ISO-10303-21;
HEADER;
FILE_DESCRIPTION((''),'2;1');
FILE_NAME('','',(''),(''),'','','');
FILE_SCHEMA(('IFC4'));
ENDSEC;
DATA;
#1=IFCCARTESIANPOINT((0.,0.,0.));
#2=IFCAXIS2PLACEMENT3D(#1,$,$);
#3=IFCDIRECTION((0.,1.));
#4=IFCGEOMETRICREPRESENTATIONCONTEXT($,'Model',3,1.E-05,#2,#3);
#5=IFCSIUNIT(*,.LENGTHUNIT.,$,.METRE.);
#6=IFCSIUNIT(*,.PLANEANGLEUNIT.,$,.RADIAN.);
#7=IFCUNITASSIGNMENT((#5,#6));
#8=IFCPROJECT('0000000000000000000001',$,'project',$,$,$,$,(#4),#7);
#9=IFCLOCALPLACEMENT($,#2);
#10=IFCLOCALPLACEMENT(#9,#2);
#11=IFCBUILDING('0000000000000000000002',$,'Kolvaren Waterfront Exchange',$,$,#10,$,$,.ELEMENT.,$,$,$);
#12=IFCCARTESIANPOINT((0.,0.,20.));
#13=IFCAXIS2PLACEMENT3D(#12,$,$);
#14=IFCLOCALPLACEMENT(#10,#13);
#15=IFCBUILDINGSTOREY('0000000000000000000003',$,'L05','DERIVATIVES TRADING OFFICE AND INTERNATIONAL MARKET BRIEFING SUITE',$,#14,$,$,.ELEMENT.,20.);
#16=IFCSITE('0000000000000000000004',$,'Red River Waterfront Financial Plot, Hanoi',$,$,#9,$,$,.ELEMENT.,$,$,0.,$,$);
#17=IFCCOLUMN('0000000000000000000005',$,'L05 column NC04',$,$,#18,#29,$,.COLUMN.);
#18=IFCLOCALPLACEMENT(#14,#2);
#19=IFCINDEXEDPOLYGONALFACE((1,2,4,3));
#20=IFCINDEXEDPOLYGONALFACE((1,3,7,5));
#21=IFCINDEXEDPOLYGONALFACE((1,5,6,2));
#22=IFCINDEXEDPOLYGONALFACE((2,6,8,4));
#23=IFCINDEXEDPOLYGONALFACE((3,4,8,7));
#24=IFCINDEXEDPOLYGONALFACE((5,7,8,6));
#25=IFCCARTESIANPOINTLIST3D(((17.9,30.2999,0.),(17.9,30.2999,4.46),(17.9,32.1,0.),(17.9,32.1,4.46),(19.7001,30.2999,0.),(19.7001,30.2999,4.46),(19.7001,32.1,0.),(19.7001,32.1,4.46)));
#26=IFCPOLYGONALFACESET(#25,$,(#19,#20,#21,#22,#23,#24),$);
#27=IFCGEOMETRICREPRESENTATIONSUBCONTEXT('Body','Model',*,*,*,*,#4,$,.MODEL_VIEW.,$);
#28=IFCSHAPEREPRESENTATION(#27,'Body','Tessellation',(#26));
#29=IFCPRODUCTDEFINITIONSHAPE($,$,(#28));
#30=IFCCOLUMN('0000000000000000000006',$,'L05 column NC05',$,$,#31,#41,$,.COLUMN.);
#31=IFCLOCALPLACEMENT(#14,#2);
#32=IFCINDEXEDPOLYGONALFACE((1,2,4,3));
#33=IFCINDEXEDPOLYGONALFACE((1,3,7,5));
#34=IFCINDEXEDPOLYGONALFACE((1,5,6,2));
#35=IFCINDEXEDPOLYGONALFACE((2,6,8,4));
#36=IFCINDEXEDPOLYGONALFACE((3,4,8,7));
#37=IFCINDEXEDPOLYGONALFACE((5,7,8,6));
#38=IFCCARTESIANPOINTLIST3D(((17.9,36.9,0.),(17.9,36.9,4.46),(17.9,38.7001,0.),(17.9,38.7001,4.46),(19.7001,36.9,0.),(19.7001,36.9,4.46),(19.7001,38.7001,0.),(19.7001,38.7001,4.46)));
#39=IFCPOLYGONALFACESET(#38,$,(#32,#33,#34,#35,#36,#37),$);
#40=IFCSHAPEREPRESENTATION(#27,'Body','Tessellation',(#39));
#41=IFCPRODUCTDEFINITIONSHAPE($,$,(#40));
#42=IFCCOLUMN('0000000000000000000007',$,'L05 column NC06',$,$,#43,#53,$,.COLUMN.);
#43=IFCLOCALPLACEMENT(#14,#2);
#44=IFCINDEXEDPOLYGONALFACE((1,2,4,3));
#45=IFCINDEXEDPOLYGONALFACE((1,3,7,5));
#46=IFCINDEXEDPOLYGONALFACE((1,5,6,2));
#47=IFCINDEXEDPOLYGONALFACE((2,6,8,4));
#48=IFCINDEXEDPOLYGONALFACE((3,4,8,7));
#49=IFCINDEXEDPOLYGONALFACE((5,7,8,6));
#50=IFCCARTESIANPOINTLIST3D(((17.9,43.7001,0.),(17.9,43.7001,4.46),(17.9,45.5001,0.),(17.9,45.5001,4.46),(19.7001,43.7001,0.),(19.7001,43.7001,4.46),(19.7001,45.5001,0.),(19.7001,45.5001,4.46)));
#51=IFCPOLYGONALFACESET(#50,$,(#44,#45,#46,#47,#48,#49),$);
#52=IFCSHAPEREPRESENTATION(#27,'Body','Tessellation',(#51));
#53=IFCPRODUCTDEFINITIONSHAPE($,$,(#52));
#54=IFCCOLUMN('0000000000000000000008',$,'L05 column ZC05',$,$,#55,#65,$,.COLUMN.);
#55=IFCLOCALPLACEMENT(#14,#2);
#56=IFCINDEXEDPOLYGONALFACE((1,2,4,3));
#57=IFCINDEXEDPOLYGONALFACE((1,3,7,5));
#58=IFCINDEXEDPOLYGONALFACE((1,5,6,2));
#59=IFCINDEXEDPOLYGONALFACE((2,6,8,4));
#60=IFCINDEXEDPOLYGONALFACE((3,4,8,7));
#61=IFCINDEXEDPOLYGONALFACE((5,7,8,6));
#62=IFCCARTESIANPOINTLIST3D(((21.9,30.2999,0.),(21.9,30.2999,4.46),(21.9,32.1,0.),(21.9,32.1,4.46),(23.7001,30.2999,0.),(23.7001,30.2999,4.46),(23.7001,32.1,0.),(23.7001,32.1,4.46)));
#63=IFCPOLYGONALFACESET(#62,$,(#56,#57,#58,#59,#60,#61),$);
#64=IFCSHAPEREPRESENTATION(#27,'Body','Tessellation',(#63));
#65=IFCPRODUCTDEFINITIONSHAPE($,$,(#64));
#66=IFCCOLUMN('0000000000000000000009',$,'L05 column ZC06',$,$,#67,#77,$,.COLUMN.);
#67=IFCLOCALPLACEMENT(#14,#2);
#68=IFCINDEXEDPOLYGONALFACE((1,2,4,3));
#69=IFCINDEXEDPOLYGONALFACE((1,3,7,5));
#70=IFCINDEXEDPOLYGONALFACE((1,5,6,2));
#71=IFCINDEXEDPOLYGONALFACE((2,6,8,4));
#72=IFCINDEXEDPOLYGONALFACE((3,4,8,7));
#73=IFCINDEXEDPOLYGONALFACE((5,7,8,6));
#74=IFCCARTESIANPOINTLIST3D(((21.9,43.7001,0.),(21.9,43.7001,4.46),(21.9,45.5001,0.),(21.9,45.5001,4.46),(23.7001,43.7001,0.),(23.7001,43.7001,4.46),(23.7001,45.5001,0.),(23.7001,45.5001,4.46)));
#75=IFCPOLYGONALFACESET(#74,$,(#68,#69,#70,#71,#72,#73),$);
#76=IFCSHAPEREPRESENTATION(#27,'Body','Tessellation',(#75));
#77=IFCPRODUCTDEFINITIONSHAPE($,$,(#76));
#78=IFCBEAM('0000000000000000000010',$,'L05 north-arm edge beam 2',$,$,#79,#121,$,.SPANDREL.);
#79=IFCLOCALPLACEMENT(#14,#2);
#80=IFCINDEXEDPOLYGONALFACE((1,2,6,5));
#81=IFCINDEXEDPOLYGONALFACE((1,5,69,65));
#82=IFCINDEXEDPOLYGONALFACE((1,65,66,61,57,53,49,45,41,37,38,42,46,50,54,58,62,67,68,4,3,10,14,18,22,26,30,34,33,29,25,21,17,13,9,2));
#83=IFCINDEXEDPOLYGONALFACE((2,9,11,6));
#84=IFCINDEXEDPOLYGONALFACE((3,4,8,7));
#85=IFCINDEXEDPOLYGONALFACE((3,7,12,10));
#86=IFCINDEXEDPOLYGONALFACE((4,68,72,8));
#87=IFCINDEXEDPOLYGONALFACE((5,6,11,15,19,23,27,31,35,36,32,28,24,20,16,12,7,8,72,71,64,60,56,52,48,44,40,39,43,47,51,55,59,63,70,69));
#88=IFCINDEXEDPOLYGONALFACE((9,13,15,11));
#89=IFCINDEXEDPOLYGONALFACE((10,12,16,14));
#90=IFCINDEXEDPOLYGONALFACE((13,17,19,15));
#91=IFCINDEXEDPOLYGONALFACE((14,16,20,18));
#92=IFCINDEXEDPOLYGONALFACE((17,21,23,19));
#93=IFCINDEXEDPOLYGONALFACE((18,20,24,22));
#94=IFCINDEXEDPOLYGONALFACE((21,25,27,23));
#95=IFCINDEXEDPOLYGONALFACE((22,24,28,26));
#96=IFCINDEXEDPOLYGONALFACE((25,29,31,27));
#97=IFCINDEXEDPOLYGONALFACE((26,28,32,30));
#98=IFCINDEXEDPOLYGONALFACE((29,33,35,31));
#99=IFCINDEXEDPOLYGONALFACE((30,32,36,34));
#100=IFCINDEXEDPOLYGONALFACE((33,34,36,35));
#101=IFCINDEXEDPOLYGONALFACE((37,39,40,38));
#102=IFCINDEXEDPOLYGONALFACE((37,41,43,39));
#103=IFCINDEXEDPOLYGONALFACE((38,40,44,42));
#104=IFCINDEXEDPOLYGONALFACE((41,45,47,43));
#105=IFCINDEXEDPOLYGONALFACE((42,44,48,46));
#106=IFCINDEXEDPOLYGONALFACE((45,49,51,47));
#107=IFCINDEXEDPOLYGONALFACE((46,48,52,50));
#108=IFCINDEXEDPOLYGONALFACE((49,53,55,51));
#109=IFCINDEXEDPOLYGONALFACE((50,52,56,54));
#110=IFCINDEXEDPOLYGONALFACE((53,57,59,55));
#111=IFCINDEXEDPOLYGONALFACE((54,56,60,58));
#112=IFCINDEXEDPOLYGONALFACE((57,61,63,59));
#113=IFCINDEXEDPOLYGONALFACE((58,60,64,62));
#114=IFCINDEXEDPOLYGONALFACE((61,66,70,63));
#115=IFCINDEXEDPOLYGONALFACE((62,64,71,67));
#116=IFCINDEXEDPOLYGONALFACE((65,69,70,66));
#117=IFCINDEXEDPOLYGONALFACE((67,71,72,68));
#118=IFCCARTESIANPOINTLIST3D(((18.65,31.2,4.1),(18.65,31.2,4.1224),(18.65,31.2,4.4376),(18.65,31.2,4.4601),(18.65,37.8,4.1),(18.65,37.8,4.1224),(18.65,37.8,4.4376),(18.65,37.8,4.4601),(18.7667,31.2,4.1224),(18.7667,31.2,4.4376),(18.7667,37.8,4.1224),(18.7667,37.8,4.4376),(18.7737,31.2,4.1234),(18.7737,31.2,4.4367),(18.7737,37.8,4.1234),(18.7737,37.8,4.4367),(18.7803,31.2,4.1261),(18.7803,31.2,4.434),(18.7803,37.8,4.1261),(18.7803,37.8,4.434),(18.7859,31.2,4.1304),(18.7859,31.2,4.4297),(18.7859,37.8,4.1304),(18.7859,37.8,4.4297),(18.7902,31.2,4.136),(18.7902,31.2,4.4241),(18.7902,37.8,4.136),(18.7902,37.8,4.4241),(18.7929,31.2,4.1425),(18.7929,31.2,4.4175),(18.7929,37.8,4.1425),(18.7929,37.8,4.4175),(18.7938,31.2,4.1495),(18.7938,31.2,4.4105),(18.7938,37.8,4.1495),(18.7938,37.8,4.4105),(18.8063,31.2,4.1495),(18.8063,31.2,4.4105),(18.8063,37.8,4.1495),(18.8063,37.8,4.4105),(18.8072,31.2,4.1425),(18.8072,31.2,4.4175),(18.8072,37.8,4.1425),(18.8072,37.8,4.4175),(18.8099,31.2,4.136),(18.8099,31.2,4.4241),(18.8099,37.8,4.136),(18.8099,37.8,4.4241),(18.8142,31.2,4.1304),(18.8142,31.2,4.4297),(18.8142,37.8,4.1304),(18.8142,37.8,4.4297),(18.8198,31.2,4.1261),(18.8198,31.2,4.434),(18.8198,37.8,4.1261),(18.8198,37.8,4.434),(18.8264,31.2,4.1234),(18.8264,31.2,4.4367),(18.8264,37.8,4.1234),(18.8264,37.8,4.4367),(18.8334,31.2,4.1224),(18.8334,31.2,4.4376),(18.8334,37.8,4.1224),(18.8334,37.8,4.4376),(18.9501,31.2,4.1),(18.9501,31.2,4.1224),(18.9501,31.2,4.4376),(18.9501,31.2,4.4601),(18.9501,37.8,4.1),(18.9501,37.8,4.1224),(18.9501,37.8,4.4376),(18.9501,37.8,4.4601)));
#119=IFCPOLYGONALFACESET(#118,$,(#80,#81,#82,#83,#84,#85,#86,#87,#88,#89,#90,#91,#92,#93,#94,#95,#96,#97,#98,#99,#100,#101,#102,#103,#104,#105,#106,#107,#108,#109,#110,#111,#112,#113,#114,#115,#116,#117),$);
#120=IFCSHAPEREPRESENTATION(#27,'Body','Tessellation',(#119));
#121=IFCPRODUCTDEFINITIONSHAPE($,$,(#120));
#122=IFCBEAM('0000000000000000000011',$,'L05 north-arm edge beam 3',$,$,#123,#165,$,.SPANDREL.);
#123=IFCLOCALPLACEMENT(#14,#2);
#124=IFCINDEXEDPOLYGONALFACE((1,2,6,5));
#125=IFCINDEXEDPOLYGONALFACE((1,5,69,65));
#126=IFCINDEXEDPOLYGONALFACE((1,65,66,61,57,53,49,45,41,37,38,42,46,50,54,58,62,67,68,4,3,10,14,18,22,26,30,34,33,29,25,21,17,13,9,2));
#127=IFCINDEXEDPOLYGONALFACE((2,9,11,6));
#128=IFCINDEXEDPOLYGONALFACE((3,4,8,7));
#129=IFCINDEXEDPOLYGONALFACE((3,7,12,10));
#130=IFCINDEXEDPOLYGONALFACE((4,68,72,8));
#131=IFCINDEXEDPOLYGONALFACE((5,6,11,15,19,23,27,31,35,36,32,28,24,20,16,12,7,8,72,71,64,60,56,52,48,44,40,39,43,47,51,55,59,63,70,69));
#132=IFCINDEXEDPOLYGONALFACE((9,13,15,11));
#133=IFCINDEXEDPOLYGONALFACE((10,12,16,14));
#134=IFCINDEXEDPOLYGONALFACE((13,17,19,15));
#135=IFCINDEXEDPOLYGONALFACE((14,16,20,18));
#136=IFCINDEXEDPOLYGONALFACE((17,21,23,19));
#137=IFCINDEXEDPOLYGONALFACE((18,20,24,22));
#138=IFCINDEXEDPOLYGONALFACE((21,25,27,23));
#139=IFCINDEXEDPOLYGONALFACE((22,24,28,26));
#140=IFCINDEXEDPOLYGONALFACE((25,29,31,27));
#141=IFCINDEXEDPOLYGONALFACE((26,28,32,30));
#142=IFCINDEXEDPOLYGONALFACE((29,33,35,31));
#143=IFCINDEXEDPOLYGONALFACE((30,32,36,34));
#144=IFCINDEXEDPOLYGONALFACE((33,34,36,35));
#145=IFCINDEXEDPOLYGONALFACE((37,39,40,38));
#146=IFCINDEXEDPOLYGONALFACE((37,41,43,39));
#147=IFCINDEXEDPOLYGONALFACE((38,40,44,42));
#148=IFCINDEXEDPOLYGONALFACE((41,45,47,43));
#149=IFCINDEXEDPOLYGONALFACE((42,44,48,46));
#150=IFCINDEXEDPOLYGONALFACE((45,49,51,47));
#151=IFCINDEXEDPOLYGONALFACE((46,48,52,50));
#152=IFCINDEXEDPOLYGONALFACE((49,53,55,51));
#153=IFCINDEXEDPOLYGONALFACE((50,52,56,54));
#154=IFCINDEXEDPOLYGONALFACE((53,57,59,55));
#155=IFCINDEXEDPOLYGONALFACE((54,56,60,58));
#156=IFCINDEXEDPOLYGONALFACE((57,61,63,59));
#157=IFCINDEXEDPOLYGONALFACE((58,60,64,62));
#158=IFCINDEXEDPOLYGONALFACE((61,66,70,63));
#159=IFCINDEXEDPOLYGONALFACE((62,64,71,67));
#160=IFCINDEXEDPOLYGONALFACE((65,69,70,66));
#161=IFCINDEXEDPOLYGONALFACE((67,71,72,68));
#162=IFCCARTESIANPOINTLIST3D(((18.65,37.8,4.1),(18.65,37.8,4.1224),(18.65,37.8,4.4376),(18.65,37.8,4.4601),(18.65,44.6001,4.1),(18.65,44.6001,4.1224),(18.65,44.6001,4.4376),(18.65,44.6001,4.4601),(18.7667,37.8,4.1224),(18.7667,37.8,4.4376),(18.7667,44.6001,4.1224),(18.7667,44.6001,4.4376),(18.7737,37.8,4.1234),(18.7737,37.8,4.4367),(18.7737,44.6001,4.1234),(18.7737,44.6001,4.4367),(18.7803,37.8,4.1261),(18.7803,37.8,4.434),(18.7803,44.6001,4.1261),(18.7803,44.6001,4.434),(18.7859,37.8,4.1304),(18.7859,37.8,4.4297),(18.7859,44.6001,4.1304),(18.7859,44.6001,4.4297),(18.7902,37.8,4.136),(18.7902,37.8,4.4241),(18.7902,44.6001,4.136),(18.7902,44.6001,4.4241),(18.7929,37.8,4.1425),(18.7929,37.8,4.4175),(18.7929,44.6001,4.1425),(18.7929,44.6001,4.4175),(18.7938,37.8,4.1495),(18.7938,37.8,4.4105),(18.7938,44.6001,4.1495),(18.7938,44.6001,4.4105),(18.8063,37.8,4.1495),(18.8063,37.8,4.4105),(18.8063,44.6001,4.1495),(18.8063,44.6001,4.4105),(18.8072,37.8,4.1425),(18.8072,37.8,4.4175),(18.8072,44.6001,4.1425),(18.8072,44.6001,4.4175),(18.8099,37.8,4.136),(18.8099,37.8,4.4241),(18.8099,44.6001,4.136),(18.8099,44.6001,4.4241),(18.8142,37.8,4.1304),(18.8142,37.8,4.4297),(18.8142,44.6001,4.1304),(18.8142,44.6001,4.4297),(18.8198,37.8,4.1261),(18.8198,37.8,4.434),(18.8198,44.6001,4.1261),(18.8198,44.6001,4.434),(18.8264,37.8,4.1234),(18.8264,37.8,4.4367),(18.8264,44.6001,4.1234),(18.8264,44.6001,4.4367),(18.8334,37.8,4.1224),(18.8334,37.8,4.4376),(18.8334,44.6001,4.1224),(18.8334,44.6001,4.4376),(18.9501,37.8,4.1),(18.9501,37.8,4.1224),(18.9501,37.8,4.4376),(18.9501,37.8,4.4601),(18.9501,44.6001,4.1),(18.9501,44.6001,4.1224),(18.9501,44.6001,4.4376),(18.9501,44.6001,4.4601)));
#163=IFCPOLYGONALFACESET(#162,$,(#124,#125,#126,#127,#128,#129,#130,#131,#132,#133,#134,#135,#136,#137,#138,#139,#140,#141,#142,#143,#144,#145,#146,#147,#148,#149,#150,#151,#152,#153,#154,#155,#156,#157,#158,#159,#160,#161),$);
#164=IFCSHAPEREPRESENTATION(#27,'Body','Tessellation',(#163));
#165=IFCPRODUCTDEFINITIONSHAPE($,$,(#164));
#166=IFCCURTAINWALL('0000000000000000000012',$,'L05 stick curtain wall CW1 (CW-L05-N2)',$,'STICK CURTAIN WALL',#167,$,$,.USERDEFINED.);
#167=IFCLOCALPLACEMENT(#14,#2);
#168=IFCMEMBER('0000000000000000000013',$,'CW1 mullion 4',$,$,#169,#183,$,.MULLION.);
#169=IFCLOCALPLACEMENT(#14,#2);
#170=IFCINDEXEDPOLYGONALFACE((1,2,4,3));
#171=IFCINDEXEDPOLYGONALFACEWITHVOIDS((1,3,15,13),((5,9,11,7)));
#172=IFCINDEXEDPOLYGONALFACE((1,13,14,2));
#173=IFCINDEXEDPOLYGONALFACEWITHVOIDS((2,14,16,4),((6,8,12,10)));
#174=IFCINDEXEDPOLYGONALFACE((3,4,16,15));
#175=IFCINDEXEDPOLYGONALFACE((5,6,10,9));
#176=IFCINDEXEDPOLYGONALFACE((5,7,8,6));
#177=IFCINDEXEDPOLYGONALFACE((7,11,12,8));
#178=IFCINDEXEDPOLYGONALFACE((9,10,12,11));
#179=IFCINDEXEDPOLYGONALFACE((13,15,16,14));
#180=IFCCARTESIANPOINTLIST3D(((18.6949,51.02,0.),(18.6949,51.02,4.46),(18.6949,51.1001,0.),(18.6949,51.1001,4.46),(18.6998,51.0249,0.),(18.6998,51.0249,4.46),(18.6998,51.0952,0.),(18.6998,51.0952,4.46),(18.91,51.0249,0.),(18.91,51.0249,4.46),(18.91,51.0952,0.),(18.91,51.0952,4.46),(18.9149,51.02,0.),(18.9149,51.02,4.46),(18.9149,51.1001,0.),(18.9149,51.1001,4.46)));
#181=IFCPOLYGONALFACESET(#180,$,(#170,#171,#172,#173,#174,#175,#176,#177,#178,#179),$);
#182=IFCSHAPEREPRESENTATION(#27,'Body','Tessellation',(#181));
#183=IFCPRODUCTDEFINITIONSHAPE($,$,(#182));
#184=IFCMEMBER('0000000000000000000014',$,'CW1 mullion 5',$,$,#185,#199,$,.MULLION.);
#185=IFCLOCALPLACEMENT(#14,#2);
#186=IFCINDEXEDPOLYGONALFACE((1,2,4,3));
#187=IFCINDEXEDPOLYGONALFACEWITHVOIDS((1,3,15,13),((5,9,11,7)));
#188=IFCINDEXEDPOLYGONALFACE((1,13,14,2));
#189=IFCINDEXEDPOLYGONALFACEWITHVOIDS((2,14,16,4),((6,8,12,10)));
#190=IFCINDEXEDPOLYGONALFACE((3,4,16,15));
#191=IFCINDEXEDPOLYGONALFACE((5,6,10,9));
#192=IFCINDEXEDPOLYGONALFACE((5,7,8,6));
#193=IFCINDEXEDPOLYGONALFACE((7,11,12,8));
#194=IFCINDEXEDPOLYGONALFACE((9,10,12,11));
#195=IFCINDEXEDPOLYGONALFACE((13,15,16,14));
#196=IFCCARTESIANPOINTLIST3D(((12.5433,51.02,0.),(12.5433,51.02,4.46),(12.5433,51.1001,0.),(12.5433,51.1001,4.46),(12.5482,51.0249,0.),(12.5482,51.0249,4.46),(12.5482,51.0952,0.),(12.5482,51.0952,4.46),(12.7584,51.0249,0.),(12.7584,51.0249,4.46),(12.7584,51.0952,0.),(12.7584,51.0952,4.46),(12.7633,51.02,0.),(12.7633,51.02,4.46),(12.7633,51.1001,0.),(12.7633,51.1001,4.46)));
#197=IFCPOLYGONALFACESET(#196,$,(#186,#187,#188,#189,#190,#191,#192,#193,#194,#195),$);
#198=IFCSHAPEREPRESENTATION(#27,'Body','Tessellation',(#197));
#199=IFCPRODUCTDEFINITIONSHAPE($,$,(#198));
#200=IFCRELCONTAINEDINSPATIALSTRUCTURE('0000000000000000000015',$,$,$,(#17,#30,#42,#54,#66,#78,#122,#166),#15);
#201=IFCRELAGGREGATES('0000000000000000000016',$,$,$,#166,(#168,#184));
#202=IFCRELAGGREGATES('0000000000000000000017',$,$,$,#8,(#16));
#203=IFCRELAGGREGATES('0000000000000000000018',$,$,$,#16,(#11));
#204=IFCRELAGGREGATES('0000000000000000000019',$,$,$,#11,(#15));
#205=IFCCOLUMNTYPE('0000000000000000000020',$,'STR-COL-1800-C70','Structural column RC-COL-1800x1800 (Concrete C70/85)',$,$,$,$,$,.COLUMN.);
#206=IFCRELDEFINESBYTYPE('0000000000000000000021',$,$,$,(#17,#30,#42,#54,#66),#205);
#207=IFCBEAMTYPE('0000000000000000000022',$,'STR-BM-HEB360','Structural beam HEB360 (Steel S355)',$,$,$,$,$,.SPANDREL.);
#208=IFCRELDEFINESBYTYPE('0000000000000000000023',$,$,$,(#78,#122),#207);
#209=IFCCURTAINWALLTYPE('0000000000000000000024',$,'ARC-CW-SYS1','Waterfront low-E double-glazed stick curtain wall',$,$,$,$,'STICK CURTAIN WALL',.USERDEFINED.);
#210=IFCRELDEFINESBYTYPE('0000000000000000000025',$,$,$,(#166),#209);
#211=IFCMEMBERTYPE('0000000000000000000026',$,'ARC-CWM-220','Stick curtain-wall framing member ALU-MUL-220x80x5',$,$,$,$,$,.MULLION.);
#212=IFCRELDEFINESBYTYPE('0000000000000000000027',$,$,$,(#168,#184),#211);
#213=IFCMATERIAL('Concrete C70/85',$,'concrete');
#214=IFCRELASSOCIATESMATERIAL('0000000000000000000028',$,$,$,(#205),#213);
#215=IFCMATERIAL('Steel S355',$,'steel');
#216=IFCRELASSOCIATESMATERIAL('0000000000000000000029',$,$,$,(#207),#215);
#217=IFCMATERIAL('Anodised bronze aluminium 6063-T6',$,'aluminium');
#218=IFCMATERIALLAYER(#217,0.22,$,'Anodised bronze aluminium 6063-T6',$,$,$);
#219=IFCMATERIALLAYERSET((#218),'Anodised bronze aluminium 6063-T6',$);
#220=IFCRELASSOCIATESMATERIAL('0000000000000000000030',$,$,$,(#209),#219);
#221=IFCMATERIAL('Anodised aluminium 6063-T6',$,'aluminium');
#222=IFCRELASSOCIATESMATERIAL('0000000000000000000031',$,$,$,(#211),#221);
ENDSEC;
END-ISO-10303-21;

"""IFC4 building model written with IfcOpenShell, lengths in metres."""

from ifc_helpers import new_model, si_unit, direction, frame, origin, origin_with_axes, origin_2d, place, context, subcontext, project, spatial, rectangle, hollow_rectangle, i_section, extrude, source, transform, mapped, material, layer, layer_set, material_profile, profile_set, type_object, element, aggregate, save


model = new_model("IFC4")

# Units and contexts
model_context = context("Model", 3, precision=1e-05, world=origin(), true_north=direction((0.0, 1.0)))
body_context = subcontext(model_context, "Body", "Model", "MODEL_VIEW")
ifc_project = project(units=[si_unit("LENGTHUNIT", "METRE"), si_unit("PLANEANGLEUNIT", "RADIAN")], contexts=[model_context])

# Site, building, storey
site_placement = place(None, origin())
site = spatial("IfcSite", under=ifc_project, at=site_placement, Name="Red River Waterfront Financial Plot, Hanoi", CompositionType="ELEMENT", RefElevation=0.0)
building_placement = place(site_placement, origin())
building = spatial("IfcBuilding", under=site, at=building_placement, Name="Kolvaren Waterfront Exchange", CompositionType="ELEMENT")
storey_placement = place(building_placement, frame((0.0, 0.0, 20.0)))
storey = spatial("IfcBuildingStorey", under=building, at=storey_placement, Name="L05", Description="DERIVATIVES TRADING OFFICE AND INTERNATIONAL MARKET BRIEFING SUITE", CompositionType="ELEMENT", Elevation=20.0)

# Columns
ifc_material_1 = material(Name="Concrete C70/85", Category="concrete")
ifc_material_profile_1 = material_profile(ifc_material_1, rectangle(XDim=1.8, YDim=1.8, at=origin_2d()), Name="RC-COL-1800x1800")
ifc_profile_set_1 = profile_set([ifc_material_profile_1], Name="Concrete C70/85")
column_type = type_object("IfcColumnType", Name="STR-COL-1800-C70", Description="Structural column RC-COL-1800x1800 (Concrete C70/85)", PredefinedType="COLUMN", material=ifc_profile_set_1)
for number, where, z_axis, x_axis, name in (
    (1, (18.8, 31.2, 0.0), (0.0, 0.0, 1.0), (1.0, 0.0, 0.0), "L05 column NC04"),
    (2, (18.8, 37.8, 0.0), (0.0, 0.0, 1.0), (1.0, 0.0, 0.0), "L05 column NC05"),
    (3, (18.8, 44.6001, 0.0), (0.0, 0.0, 1.0), (1.0, 0.0, 0.0), "L05 column NC06"),
    (4, (22.8, 31.2, 0.0), (0.0, 0.0, 1.0), (1.0, 0.0, 0.0), "L05 column ZC05"),
    (5, (22.8, 44.6001, 0.0), (0.0, 0.0, 1.0), (1.0, 0.0, 0.0), "L05 column ZC06"),
):
    element("IfcColumn", number, at=place(storey_placement, frame(where, z_axis=z_axis, x_axis=x_axis)), inside=storey, type_object=column_type, Name=name, PredefinedType="COLUMN", context=body_context, shape_type="SweptSolid", body=[
        extrude(rectangle(XDim=1.8, YDim=1.8, at=origin_2d()), origin(), (0.0, 0.0, 1.0), 4.46),
    ])

# Beams
ifc_material_2 = material(Name="Steel S355", Category="steel")
ifc_material_profile_2 = material_profile(ifc_material_2, i_section(OverallWidth=0.3, OverallDepth=0.3601, WebThickness=0.0125, FlangeThickness=0.0225, FilletRadius=0.0271, at=origin_2d()), Name="HEB360")
ifc_profile_set_2 = profile_set([ifc_material_profile_2], Name="Steel S355")
beam_type = type_object("IfcBeamType", Name="STR-BM-HEB360", Description="Structural beam HEB360 (Steel S355)", PredefinedType="SPANDREL", material=ifc_profile_set_2)
beam_1_placement = place(storey_placement, frame((18.8, 31.2, 4.28), z_axis=(0.0, 1.0, 0.0), x_axis=(-1.0, 0.0, 0.0)))
element("IfcBeam", 6, at=beam_1_placement, inside=storey, type_object=beam_type, Name="L05 north-arm edge beam 2", PredefinedType="SPANDREL", context=body_context, shape_type="SweptSolid", body=[
    extrude(i_section(OverallWidth=0.3, OverallDepth=0.3601, WebThickness=0.0125, FlangeThickness=0.0225, FilletRadius=0.0271, at=origin_2d()), origin(), (0.0, 0.0, 1.0), 6.6001),
])
beam_2_placement = place(storey_placement, frame((18.8, 37.8, 4.28), z_axis=(0.0, 1.0, 0.0), x_axis=(-1.0, 0.0, 0.0)))
element("IfcBeam", 7, at=beam_2_placement, inside=storey, type_object=beam_type, Name="L05 north-arm edge beam 3", PredefinedType="SPANDREL", context=body_context, shape_type="SweptSolid", body=[
    extrude(i_section(OverallWidth=0.3, OverallDepth=0.3601, WebThickness=0.0125, FlangeThickness=0.0225, FilletRadius=0.0271, at=origin_2d()), origin(), (0.0, 0.0, 1.0), 6.8),
])

# Curtain wall, members
ifc_material_3 = material(Name="Anodised bronze aluminium 6063-T6", Category="aluminium")
ifc_layer_1 = layer(ifc_material_3, 0.22, Name="Anodised bronze aluminium 6063-T6")
ifc_layer_set_1 = layer_set([ifc_layer_1], Name="Anodised bronze aluminium 6063-T6")
curtain_wall_type = type_object("IfcCurtainWallType", Name="ARC-CW-SYS1", Description="Waterfront low-E double-glazed stick curtain wall", ElementType="STICK CURTAIN WALL", PredefinedType="USERDEFINED", material=ifc_layer_set_1)
curtain_wall_placement = place(storey_placement, origin())
curtain_wall = element("IfcCurtainWall", 8, at=curtain_wall_placement, inside=storey, type_object=curtain_wall_type, Name="L05 stick curtain wall CW1 (CW-L05-N2)", ObjectType="STICK CURTAIN WALL", PredefinedType="USERDEFINED")
ifc_material_4 = material(Name="Anodised aluminium 6063-T6", Category="aluminium")
ifc_material_profile_3 = material_profile(ifc_material_4, hollow_rectangle(XDim=0.0801, YDim=0.22, WallThickness=0.0049, at=origin_2d()), Name="ALU-MUL-220x80x5")
ifc_profile_set_3 = profile_set([ifc_material_profile_3], Name="Anodised aluminium 6063-T6")
member_type_1 = type_object("IfcMemberType", Name="ARC-CWM-220", Description="Stick curtain-wall framing member ALU-MUL-220x80x5", PredefinedType="MULLION", material=ifc_profile_set_3)
shared_shape_1 = source(origin_with_axes(), body_context, "Body", "SweptSolid", [
    extrude(hollow_rectangle(XDim=0.0801, YDim=0.22, WallThickness=0.0049, at=origin_2d()), origin(), (0.0, 0.0, 1.0), 4.46),
])
member_1_placement = place(storey_placement, frame((18.8049, 51.0601, 0.0), z_axis=(0.0, 0.0, 1.0), x_axis=(0.0, -1.0, 0.0)))
member_1 = element("IfcMember", 9, at=member_1_placement, type_object=member_type_1, Name="CW1 mullion 4", PredefinedType="MULLION", context=body_context, shape_type="MappedRepresentation", body=[
    mapped(shared_shape_1, transform((0.0, 0.0, 0.0), x_axis=(1.0, 0.0, 0.0), y_axis=(0.0, 1.0, 0.0), z_axis=(0.0, 0.0, 1.0), scale=1.0)),
])
member_2_placement = place(storey_placement, frame((12.6533, 51.0601, 0.0), z_axis=(0.0, 0.0, 1.0), x_axis=(0.0, -1.0, 0.0)))
member_2 = element("IfcMember", 10, at=member_2_placement, type_object=member_type_1, Name="CW1 mullion 5", PredefinedType="MULLION", context=body_context, shape_type="MappedRepresentation", body=[
    mapped(shared_shape_1, transform((0.0, 0.0, 0.0), x_axis=(1.0, 0.0, 0.0), y_axis=(0.0, 1.0, 0.0), z_axis=(0.0, 0.0, 1.0), scale=1.0)),
])
aggregate(curtain_wall, [member_1, member_2])

save(model, "model.ifc")
